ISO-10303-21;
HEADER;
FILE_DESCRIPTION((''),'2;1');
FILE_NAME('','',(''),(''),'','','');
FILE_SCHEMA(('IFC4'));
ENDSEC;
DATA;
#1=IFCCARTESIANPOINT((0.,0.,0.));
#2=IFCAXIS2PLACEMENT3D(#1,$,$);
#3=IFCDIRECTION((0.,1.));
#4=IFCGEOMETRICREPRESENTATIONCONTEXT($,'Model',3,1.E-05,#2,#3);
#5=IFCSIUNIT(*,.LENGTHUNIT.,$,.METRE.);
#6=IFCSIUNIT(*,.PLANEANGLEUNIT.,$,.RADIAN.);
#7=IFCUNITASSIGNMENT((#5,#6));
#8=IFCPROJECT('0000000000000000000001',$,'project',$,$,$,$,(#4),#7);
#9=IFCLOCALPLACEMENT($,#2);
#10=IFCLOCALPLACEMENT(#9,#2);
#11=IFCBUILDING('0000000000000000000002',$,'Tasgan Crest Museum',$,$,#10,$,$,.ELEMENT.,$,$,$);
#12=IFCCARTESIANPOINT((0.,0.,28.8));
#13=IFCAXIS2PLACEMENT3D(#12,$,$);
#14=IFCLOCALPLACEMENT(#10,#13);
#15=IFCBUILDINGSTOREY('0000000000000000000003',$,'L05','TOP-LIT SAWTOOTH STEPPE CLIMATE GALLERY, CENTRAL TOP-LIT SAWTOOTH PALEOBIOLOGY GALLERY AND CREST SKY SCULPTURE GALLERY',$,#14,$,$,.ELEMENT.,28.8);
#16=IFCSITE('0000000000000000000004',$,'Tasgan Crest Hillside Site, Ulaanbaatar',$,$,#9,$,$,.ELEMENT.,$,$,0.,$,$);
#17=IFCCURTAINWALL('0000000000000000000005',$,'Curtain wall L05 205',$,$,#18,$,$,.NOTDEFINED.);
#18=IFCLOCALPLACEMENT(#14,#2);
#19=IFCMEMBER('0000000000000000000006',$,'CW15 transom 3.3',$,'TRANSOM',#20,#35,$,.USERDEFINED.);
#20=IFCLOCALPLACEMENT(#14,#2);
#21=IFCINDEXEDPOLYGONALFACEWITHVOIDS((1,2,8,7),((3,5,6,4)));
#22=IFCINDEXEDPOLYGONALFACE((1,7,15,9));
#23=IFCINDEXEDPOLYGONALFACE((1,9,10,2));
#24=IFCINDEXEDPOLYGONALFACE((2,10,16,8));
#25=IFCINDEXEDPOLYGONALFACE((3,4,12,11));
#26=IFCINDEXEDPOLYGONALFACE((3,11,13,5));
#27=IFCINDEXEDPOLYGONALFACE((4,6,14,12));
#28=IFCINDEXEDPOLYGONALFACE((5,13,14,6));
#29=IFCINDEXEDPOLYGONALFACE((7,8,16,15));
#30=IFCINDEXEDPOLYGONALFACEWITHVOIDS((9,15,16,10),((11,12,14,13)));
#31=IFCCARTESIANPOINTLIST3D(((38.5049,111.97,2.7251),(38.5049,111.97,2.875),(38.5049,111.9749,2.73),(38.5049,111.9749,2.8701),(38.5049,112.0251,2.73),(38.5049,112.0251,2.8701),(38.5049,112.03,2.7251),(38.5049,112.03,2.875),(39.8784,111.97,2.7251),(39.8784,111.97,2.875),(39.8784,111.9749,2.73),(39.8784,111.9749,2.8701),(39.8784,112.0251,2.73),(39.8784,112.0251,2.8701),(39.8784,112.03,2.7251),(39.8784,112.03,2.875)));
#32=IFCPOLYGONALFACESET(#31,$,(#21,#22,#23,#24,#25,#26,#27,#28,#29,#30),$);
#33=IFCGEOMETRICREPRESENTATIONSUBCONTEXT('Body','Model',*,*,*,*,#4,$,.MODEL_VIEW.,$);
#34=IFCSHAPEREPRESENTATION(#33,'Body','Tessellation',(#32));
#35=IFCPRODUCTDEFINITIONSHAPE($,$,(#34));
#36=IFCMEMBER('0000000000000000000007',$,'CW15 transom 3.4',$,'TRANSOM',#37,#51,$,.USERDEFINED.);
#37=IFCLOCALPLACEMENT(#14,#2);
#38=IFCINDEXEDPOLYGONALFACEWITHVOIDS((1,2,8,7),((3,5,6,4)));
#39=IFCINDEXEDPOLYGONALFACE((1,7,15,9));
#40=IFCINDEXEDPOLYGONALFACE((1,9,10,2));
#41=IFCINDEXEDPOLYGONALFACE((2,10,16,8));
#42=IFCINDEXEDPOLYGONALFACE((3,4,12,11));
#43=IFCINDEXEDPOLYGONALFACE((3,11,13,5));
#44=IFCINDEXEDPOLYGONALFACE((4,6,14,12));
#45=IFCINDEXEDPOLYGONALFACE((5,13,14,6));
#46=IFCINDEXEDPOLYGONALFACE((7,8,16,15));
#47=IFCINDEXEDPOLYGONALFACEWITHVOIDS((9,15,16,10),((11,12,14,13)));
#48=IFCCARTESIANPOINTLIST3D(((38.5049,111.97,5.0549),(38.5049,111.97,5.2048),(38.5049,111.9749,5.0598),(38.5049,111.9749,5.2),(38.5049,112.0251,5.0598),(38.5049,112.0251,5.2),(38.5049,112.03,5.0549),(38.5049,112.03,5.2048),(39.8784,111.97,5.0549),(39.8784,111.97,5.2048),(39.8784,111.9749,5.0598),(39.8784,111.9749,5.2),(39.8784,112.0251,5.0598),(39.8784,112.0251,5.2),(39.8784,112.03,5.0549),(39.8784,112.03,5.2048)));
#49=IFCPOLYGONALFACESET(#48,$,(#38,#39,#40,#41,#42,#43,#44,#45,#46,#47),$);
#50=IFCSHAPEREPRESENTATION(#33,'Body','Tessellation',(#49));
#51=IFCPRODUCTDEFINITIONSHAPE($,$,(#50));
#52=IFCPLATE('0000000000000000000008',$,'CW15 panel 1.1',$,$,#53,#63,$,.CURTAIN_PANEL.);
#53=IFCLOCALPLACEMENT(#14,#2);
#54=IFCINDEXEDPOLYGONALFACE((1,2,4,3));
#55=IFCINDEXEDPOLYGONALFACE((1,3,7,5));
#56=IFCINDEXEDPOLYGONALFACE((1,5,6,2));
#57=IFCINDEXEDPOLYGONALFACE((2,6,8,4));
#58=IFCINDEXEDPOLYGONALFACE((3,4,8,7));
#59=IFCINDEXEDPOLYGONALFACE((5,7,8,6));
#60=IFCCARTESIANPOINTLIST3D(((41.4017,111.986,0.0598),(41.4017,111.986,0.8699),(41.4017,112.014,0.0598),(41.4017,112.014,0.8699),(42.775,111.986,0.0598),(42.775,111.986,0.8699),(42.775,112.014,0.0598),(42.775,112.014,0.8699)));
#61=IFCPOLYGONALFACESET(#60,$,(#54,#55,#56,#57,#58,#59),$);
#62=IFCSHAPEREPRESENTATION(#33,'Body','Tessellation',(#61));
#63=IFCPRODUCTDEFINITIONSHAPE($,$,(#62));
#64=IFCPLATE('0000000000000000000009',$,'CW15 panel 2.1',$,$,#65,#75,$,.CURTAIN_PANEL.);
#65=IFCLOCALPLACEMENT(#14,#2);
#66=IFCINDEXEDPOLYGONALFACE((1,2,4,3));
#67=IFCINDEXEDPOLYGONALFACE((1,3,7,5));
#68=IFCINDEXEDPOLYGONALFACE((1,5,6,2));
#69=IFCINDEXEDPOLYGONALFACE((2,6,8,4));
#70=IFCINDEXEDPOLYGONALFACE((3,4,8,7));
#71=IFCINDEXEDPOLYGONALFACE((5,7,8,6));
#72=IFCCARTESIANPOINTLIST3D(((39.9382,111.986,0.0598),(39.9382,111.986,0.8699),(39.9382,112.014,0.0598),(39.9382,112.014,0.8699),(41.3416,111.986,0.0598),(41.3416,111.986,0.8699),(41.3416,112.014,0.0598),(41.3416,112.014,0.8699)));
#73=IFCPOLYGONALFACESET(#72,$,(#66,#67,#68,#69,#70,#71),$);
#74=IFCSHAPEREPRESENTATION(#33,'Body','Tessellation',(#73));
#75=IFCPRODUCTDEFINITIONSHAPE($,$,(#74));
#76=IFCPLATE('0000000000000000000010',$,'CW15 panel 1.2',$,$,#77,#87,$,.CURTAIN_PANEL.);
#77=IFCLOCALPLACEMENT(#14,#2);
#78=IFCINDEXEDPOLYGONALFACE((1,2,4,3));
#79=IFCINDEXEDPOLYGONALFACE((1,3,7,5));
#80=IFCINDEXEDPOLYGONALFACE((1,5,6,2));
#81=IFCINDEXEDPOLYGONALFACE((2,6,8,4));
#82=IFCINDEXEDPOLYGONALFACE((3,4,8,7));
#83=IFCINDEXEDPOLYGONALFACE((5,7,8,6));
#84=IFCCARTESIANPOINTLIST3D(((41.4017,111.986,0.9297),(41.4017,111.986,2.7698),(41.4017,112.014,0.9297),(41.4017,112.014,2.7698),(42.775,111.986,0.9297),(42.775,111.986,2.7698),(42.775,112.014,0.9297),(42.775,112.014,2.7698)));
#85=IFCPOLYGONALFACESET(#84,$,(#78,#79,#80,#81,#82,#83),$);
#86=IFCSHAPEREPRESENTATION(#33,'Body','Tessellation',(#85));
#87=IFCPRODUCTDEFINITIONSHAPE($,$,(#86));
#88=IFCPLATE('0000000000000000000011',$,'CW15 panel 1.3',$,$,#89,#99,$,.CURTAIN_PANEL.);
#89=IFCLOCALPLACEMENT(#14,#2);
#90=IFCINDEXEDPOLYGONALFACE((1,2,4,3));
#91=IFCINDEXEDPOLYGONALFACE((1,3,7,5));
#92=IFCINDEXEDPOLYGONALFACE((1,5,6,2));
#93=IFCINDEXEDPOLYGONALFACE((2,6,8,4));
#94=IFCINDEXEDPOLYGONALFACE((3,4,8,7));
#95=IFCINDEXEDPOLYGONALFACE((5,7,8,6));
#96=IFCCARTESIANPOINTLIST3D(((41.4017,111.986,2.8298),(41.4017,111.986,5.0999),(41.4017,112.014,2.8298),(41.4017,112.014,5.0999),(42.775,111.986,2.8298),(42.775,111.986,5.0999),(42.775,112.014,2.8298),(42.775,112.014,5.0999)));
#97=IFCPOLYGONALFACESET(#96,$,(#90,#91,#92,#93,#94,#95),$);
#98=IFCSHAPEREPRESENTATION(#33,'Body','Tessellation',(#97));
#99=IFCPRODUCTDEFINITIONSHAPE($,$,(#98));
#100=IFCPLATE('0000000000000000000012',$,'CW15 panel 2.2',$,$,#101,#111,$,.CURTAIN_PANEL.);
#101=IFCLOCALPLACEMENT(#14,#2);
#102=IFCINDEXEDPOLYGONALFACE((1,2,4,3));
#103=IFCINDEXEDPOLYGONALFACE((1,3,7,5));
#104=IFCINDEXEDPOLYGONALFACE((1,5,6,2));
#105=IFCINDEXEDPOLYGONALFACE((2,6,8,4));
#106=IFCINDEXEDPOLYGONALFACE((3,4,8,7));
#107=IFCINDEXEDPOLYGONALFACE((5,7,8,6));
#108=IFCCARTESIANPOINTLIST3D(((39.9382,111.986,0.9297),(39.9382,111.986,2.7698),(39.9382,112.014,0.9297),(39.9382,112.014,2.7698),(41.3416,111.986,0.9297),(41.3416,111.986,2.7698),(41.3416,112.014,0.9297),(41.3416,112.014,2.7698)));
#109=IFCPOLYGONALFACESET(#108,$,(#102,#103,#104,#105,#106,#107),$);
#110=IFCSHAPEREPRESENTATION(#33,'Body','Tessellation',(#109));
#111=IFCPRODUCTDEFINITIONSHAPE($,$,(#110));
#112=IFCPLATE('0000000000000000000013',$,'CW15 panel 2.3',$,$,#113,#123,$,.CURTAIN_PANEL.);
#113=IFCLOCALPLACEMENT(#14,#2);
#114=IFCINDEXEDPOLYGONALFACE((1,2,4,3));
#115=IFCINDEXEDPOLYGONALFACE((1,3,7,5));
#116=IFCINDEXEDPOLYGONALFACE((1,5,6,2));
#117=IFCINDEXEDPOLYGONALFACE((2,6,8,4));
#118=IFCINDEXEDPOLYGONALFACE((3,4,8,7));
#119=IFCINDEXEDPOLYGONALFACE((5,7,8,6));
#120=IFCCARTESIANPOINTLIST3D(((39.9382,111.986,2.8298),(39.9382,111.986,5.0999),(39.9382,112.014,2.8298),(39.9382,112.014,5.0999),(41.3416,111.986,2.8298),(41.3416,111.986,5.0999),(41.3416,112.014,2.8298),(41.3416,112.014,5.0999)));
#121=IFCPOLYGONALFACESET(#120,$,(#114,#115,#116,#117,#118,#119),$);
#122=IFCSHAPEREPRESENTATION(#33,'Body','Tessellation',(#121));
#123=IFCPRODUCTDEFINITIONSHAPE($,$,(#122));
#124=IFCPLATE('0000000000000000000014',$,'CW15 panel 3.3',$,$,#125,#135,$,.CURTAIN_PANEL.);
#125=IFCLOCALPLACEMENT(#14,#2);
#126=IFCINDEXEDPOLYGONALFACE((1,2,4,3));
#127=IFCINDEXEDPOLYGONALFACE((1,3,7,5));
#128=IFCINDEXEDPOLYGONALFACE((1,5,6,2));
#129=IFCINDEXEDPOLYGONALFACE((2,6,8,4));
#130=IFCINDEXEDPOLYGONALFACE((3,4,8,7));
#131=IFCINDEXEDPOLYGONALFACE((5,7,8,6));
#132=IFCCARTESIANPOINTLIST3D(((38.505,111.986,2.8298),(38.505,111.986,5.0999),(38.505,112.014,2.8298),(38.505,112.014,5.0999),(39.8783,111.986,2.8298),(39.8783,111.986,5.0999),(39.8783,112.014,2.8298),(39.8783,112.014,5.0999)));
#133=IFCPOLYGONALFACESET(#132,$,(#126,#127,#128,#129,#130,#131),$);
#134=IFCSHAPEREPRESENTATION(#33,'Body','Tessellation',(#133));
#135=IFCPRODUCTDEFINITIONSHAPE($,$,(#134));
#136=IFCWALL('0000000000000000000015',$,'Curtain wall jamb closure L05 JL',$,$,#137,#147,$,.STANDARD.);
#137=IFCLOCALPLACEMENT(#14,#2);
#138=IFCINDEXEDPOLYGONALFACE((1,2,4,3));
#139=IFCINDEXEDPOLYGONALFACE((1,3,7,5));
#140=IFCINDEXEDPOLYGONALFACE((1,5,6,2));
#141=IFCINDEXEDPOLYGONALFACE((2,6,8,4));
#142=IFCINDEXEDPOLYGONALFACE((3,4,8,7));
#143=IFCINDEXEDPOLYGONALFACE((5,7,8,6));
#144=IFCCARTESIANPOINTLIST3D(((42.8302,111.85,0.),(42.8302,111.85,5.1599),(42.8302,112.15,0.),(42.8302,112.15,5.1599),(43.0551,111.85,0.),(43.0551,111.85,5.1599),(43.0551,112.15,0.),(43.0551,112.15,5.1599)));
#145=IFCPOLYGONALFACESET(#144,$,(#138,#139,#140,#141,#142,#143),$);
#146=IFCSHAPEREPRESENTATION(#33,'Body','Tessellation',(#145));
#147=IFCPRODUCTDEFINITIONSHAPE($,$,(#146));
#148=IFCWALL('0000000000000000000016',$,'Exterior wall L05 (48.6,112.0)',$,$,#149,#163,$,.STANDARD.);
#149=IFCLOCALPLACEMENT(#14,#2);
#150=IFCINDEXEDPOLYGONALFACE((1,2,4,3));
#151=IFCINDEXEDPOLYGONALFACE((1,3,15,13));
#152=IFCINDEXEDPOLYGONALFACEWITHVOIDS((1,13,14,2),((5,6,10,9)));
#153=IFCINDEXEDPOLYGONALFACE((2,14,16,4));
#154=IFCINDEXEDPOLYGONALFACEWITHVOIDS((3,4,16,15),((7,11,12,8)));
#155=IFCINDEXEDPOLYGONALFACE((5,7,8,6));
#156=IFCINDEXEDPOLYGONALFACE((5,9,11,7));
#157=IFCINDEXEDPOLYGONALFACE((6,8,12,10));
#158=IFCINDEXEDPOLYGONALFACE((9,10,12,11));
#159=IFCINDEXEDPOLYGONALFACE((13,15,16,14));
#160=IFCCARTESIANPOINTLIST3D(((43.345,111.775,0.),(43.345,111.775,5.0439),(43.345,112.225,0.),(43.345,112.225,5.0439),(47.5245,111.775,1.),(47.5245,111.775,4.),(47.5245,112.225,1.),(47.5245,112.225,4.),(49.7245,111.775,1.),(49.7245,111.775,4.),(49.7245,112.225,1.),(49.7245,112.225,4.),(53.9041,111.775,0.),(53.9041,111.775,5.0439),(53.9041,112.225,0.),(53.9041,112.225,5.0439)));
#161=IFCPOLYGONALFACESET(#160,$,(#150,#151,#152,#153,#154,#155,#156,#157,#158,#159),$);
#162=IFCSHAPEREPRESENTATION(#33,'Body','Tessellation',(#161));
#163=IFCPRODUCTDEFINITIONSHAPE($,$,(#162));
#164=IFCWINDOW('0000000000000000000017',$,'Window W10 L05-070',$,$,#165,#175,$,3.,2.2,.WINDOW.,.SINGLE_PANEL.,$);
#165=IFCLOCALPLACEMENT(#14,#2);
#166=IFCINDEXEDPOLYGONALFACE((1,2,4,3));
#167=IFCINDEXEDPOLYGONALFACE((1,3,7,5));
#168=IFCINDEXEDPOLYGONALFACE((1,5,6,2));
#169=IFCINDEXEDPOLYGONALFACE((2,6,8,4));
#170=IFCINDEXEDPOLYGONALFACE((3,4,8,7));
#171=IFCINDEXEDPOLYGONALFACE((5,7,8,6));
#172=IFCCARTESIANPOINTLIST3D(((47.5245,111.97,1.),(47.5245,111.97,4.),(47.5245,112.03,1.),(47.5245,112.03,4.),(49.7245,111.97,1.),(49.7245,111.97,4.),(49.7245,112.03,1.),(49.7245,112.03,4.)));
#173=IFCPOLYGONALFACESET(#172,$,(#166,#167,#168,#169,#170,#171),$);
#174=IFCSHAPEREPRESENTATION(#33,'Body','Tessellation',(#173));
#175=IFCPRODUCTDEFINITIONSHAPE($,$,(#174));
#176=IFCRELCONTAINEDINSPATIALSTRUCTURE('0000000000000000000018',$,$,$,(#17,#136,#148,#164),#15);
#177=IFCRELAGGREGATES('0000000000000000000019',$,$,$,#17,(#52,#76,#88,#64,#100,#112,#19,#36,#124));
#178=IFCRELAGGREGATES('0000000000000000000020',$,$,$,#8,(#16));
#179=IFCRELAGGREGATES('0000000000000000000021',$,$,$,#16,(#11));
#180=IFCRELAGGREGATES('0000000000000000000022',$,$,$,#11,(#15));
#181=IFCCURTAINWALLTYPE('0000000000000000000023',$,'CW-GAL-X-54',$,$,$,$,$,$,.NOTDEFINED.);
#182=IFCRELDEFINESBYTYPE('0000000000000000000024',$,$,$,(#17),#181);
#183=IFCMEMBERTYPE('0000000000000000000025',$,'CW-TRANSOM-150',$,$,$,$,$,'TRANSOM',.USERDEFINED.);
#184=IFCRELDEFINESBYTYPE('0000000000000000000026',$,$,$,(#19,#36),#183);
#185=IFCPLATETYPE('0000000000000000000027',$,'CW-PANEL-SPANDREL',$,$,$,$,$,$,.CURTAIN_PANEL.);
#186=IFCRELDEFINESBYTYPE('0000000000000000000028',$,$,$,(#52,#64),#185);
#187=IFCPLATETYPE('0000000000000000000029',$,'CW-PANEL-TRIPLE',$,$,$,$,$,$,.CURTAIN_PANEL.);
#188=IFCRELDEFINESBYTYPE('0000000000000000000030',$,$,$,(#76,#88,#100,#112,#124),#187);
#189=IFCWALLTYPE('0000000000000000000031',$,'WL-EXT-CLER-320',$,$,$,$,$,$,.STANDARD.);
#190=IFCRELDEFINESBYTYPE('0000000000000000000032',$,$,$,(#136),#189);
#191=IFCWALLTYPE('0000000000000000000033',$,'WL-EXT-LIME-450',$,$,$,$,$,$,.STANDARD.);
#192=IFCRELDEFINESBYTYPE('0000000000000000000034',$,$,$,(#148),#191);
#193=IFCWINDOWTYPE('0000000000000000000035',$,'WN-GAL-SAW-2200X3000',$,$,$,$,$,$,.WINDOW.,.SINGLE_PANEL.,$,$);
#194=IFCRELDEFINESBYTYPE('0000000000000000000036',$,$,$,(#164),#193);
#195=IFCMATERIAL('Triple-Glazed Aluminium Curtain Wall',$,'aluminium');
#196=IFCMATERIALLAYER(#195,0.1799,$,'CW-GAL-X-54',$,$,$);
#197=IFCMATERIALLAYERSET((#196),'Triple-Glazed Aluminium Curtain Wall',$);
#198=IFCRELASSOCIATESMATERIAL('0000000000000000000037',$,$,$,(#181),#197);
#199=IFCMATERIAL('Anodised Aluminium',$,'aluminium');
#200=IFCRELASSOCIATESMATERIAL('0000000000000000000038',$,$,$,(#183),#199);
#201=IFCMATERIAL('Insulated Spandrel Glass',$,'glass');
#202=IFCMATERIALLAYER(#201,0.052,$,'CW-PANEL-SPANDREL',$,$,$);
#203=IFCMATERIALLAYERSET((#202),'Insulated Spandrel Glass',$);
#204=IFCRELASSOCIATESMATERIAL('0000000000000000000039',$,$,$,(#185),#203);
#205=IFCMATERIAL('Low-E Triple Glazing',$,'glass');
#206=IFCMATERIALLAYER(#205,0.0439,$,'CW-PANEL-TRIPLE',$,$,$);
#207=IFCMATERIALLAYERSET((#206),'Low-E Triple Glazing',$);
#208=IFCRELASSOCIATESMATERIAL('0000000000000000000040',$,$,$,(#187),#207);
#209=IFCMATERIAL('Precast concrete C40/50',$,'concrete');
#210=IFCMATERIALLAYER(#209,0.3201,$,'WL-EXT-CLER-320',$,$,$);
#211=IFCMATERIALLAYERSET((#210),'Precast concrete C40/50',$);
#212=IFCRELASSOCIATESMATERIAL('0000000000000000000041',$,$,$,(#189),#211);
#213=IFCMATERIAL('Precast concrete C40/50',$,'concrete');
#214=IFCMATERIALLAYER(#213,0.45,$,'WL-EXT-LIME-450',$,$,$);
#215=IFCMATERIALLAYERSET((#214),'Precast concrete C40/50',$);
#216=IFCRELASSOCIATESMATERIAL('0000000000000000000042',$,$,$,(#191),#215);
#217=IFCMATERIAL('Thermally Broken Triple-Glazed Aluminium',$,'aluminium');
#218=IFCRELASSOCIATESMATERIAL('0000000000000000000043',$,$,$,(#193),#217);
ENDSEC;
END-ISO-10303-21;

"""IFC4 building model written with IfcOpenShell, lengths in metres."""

from ifc_helpers import new_model, si_unit, direction, frame, frame_2d, origin, origin_2d, place, context, subcontext, project, spatial, rectangle, hollow_rectangle, extrude, material, layer, layer_set, material_profile, profile_set, type_object, element, fill, aggregate, save


model = new_model("IFC4")

# Units and contexts
model_context = context("Model", 3, precision=1e-05, world=origin(), true_north=direction((0.0, 1.0)))
body_context = subcontext(model_context, "Body", "Model", "MODEL_VIEW")
ifc_project = project(units=[si_unit("LENGTHUNIT", "METRE"), si_unit("PLANEANGLEUNIT", "RADIAN")], contexts=[model_context])

# Site, building, storey
site_placement = place(None, origin())
site = spatial("IfcSite", under=ifc_project, at=site_placement, Name="Tasgan Crest Hillside Site, Ulaanbaatar", CompositionType="ELEMENT", RefElevation=0.0)
building_placement = place(site_placement, origin())
building = spatial("IfcBuilding", under=site, at=building_placement, Name="Tasgan Crest Museum", CompositionType="ELEMENT")
storey_placement = place(building_placement, frame((0.0, 0.0, 28.8)))
storey = spatial("IfcBuildingStorey", under=building, at=storey_placement, Name="L05", Description="TOP-LIT SAWTOOTH STEPPE CLIMATE GALLERY, CENTRAL TOP-LIT SAWTOOTH PALEOBIOLOGY GALLERY AND CREST SKY SCULPTURE GALLERY", CompositionType="ELEMENT", Elevation=28.8)

# Curtain wall, members, plates
ifc_material_1 = material(Name="Triple-Glazed Aluminium Curtain Wall", Category="aluminium")
ifc_layer_1 = layer(ifc_material_1, 0.1799, Name="CW-GAL-X-54")
ifc_layer_set_1 = layer_set([ifc_layer_1], Name="Triple-Glazed Aluminium Curtain Wall")
curtain_wall_type = type_object("IfcCurtainWallType", Name="CW-GAL-X-54", PredefinedType="NOTDEFINED", material=ifc_layer_set_1)
curtain_wall_placement = place(storey_placement, origin())
curtain_wall = element("IfcCurtainWall", 1, at=curtain_wall_placement, inside=storey, type_object=curtain_wall_type, Name="Curtain wall L05 205", PredefinedType="NOTDEFINED")
ifc_material_2 = material(Name="Anodised Aluminium", Category="aluminium")
ifc_material_profile_1 = material_profile(ifc_material_2, hollow_rectangle(XDim=0.0601, YDim=0.1499, WallThickness=0.0049, at=origin_2d()), Name="ALU TRANSOM 150x60x5")
ifc_profile_set_1 = profile_set([ifc_material_profile_1], Name="Anodised Aluminium")
member_type_1 = type_object("IfcMemberType", Name="CW-TRANSOM-150", ElementType="TRANSOM", PredefinedType="USERDEFINED", material=ifc_profile_set_1)
member_1_placement = place(storey_placement, frame((39.8784, 112.0, 2.8), z_axis=(-1.0, 0.0, 0.0), x_axis=(0.0, -1.0, 0.0)))
member_1 = element("IfcMember", 2, at=member_1_placement, type_object=member_type_1, Name="CW15 transom 3.3", ObjectType="TRANSOM", PredefinedType="USERDEFINED", context=body_context, shape_type="SweptSolid", body=[
    extrude(hollow_rectangle(XDim=0.0601, YDim=0.1499, WallThickness=0.0049, at=origin_2d()), origin(), (0.0, 0.0, 1.0), 1.3735),
])
member_2_placement = place(storey_placement, frame((39.8784, 112.0, 5.1299), z_axis=(-1.0, 0.0, 0.0), x_axis=(0.0, -1.0, 0.0)))
member_2 = element("IfcMember", 3, at=member_2_placement, type_object=member_type_1, Name="CW15 transom 3.4", ObjectType="TRANSOM", PredefinedType="USERDEFINED", context=body_context, shape_type="SweptSolid", body=[
    extrude(hollow_rectangle(XDim=0.0601, YDim=0.1499, WallThickness=0.0049, at=origin_2d()), origin(), (0.0, 0.0, 1.0), 1.3735),
])
ifc_material_3 = material(Name="Insulated Spandrel Glass", Category="glass")
ifc_layer_2 = layer(ifc_material_3, 0.052, Name="CW-PANEL-SPANDREL")
ifc_layer_set_2 = layer_set([ifc_layer_2], Name="Insulated Spandrel Glass")
plate_type_1 = type_object("IfcPlateType", Name="CW-PANEL-SPANDREL", PredefinedType="CURTAIN_PANEL", material=ifc_layer_set_2)
plate_1_placement = place(storey_placement, frame((42.0884, 112.0, 0.0598), z_axis=(0.0, 0.0, 1.0), x_axis=(-1.0, 0.0, 0.0)))
plate_1 = element("IfcPlate", 4, at=plate_1_placement, type_object=plate_type_1, Name="CW15 panel 1.1", PredefinedType="CURTAIN_PANEL", context=body_context, shape_type="SweptSolid", body=[
    extrude(rectangle(XDim=1.3733, YDim=0.0281, at=origin_2d()), origin(), (0.0, 0.0, 1.0), 0.8101),
])
plate_2_placement = place(storey_placement, frame((40.6399, 112.0, 0.0598), z_axis=(0.0, 0.0, 1.0), x_axis=(-1.0, 0.0, 0.0)))
plate_2 = element("IfcPlate", 5, at=plate_2_placement, type_object=plate_type_1, Name="CW15 panel 2.1", PredefinedType="CURTAIN_PANEL", context=body_context, shape_type="SweptSolid", body=[
    extrude(rectangle(XDim=1.4033, YDim=0.0281, at=origin_2d()), origin(), (0.0, 0.0, 1.0), 0.8101),
])
ifc_material_4 = material(Name="Low-E Triple Glazing", Category="glass")
ifc_layer_3 = layer(ifc_material_4, 0.0439, Name="CW-PANEL-TRIPLE")
ifc_layer_set_3 = layer_set([ifc_layer_3], Name="Low-E Triple Glazing")
plate_type_2 = type_object("IfcPlateType", Name="CW-PANEL-TRIPLE", PredefinedType="CURTAIN_PANEL", material=ifc_layer_set_3)
plate_3_placement = place(storey_placement, frame((42.0884, 112.0, 0.9297), z_axis=(0.0, 0.0, 1.0), x_axis=(-1.0, 0.0, 0.0)))
plate_3 = element("IfcPlate", 6, at=plate_3_placement, type_object=plate_type_2, Name="CW15 panel 1.2", PredefinedType="CURTAIN_PANEL", context=body_context, shape_type="SweptSolid", body=[
    extrude(rectangle(XDim=1.3733, YDim=0.0281, at=origin_2d()), origin(), (0.0, 0.0, 1.0), 1.8401),
])
plate_4_placement = place(storey_placement, frame((42.0884, 112.0, 2.8298), z_axis=(0.0, 0.0, 1.0), x_axis=(-1.0, 0.0, 0.0)))
plate_4 = element("IfcPlate", 7, at=plate_4_placement, type_object=plate_type_2, Name="CW15 panel 1.3", PredefinedType="CURTAIN_PANEL", context=body_context, shape_type="SweptSolid", body=[
    extrude(rectangle(XDim=1.3733, YDim=0.0281, at=origin_2d()), origin(), (0.0, 0.0, 1.0), 2.27),
])
plate_5_placement = place(storey_placement, frame((40.6399, 112.0, 0.9297), z_axis=(0.0, 0.0, 1.0), x_axis=(-1.0, 0.0, 0.0)))
plate_5 = element("IfcPlate", 8, at=plate_5_placement, type_object=plate_type_2, Name="CW15 panel 2.2", PredefinedType="CURTAIN_PANEL", context=body_context, shape_type="SweptSolid", body=[
    extrude(rectangle(XDim=1.4033, YDim=0.0281, at=origin_2d()), origin(), (0.0, 0.0, 1.0), 1.8401),
])
plate_6_placement = place(storey_placement, frame((40.6399, 112.0, 2.8298), z_axis=(0.0, 0.0, 1.0), x_axis=(-1.0, 0.0, 0.0)))
plate_6 = element("IfcPlate", 9, at=plate_6_placement, type_object=plate_type_2, Name="CW15 panel 2.3", PredefinedType="CURTAIN_PANEL", context=body_context, shape_type="SweptSolid", body=[
    extrude(rectangle(XDim=1.4033, YDim=0.0281, at=origin_2d()), origin(), (0.0, 0.0, 1.0), 2.27),
])
plate_7_placement = place(storey_placement, frame((39.1917, 112.0, 2.8298), z_axis=(0.0, 0.0, 1.0), x_axis=(-1.0, 0.0, 0.0)))
plate_7 = element("IfcPlate", 10, at=plate_7_placement, type_object=plate_type_2, Name="CW15 panel 3.3", PredefinedType="CURTAIN_PANEL", context=body_context, shape_type="SweptSolid", body=[
    extrude(rectangle(XDim=1.3733, YDim=0.0281, at=origin_2d()), origin(), (0.0, 0.0, 1.0), 2.27),
])
aggregate(curtain_wall, [plate_1, plate_3, plate_4, plate_2, plate_5, plate_6, member_1, member_2, plate_7])

# Wall
ifc_material_5 = material(Name="Precast concrete C40/50", Category="concrete")
ifc_layer_4 = layer(ifc_material_5, 0.3201, Name="WL-EXT-CLER-320")
ifc_layer_set_4 = layer_set([ifc_layer_4], Name="Precast concrete C40/50")
wall_type_1 = type_object("IfcWallType", Name="WL-EXT-CLER-320", PredefinedType="STANDARD", material=ifc_layer_set_4)
wall_1_placement = place(storey_placement, frame((43.0549, 112.0, 0.0), z_axis=(0.0, 0.0, 1.0), x_axis=(-1.0, 0.0, 0.0)))
element("IfcWall", 11, at=wall_1_placement, inside=storey, type_object=wall_type_1, Name="Curtain wall jamb closure L05 JL", PredefinedType="STANDARD", context=body_context, shape_type="SweptSolid", body=[
    extrude(rectangle(XDim=0.2249, YDim=0.3, at=frame_2d((0.1123, 0.0))), origin(), (0.0, 0.0, 1.0), 5.1599),
])

# Wall, opening, window
ifc_material_6 = material(Name="Precast concrete C40/50", Category="concrete")
ifc_layer_5 = layer(ifc_material_6, 0.45, Name="WL-EXT-LIME-450")
ifc_layer_set_5 = layer_set([ifc_layer_5], Name="Precast concrete C40/50")
wall_type_2 = type_object("IfcWallType", Name="WL-EXT-LIME-450", PredefinedType="STANDARD", material=ifc_layer_set_5)
wall_2_placement = place(storey_placement, frame((53.9041, 112.0, 0.0), z_axis=(0.0, 0.0, 1.0), x_axis=(-1.0, 0.0, 0.0)))
wall_2 = element("IfcWall", 12, at=wall_2_placement, inside=storey, type_object=wall_type_2, Name="Exterior wall L05 (48.6,112.0)", PredefinedType="STANDARD", context=body_context, shape_type="SweptSolid", body=[
    extrude(rectangle(XDim=10.5591, YDim=0.45, at=frame_2d((5.2795, 0.0))), origin(), (0.0, 0.0, 1.0), 5.0439),
])
opening_placement = place(wall_2_placement, frame((4.1794, 0.0, 1.0)))
opening = element("IfcOpeningElement", 13, at=opening_placement, cuts=wall_2, PredefinedType="OPENING", context=body_context, shape_type="SweptSolid", body=[
    extrude(rectangle(XDim=2.2, YDim=3.0, at=frame_2d((1.1001, 1.5))), frame((0.0, 0.2349, 0.0), z_axis=(0.0, -1.0, 0.0), x_axis=(1.0, 0.0, 0.0)), (0.0, 0.0, 1.0), 0.47),
])
ifc_material_7 = material(Name="Thermally Broken Triple-Glazed Aluminium", Category="aluminium")
window_type = type_object("IfcWindowType", Name="WN-GAL-SAW-2200X3000", PartitioningType="SINGLE_PANEL", PredefinedType="WINDOW", material=ifc_material_7)
window_placement = place(opening_placement, origin())
window = element("IfcWindow", 14, at=window_placement, inside=storey, type_object=window_type, Name="Window W10 L05-070", OverallHeight=3.0, OverallWidth=2.2, PartitioningType="SINGLE_PANEL", PredefinedType="WINDOW", context=body_context, shape_type="SweptSolid", body=[
    extrude(rectangle(XDim=2.2, YDim=3.0, at=frame_2d((1.1001, 1.5))), frame((0.0, 0.03, 0.0), z_axis=(0.0, -1.0, 0.0), x_axis=(1.0, 0.0, 0.0)), (0.0, 0.0, 1.0), 0.0601),
])
fill(opening, window)

save(model, "model.ifc")
